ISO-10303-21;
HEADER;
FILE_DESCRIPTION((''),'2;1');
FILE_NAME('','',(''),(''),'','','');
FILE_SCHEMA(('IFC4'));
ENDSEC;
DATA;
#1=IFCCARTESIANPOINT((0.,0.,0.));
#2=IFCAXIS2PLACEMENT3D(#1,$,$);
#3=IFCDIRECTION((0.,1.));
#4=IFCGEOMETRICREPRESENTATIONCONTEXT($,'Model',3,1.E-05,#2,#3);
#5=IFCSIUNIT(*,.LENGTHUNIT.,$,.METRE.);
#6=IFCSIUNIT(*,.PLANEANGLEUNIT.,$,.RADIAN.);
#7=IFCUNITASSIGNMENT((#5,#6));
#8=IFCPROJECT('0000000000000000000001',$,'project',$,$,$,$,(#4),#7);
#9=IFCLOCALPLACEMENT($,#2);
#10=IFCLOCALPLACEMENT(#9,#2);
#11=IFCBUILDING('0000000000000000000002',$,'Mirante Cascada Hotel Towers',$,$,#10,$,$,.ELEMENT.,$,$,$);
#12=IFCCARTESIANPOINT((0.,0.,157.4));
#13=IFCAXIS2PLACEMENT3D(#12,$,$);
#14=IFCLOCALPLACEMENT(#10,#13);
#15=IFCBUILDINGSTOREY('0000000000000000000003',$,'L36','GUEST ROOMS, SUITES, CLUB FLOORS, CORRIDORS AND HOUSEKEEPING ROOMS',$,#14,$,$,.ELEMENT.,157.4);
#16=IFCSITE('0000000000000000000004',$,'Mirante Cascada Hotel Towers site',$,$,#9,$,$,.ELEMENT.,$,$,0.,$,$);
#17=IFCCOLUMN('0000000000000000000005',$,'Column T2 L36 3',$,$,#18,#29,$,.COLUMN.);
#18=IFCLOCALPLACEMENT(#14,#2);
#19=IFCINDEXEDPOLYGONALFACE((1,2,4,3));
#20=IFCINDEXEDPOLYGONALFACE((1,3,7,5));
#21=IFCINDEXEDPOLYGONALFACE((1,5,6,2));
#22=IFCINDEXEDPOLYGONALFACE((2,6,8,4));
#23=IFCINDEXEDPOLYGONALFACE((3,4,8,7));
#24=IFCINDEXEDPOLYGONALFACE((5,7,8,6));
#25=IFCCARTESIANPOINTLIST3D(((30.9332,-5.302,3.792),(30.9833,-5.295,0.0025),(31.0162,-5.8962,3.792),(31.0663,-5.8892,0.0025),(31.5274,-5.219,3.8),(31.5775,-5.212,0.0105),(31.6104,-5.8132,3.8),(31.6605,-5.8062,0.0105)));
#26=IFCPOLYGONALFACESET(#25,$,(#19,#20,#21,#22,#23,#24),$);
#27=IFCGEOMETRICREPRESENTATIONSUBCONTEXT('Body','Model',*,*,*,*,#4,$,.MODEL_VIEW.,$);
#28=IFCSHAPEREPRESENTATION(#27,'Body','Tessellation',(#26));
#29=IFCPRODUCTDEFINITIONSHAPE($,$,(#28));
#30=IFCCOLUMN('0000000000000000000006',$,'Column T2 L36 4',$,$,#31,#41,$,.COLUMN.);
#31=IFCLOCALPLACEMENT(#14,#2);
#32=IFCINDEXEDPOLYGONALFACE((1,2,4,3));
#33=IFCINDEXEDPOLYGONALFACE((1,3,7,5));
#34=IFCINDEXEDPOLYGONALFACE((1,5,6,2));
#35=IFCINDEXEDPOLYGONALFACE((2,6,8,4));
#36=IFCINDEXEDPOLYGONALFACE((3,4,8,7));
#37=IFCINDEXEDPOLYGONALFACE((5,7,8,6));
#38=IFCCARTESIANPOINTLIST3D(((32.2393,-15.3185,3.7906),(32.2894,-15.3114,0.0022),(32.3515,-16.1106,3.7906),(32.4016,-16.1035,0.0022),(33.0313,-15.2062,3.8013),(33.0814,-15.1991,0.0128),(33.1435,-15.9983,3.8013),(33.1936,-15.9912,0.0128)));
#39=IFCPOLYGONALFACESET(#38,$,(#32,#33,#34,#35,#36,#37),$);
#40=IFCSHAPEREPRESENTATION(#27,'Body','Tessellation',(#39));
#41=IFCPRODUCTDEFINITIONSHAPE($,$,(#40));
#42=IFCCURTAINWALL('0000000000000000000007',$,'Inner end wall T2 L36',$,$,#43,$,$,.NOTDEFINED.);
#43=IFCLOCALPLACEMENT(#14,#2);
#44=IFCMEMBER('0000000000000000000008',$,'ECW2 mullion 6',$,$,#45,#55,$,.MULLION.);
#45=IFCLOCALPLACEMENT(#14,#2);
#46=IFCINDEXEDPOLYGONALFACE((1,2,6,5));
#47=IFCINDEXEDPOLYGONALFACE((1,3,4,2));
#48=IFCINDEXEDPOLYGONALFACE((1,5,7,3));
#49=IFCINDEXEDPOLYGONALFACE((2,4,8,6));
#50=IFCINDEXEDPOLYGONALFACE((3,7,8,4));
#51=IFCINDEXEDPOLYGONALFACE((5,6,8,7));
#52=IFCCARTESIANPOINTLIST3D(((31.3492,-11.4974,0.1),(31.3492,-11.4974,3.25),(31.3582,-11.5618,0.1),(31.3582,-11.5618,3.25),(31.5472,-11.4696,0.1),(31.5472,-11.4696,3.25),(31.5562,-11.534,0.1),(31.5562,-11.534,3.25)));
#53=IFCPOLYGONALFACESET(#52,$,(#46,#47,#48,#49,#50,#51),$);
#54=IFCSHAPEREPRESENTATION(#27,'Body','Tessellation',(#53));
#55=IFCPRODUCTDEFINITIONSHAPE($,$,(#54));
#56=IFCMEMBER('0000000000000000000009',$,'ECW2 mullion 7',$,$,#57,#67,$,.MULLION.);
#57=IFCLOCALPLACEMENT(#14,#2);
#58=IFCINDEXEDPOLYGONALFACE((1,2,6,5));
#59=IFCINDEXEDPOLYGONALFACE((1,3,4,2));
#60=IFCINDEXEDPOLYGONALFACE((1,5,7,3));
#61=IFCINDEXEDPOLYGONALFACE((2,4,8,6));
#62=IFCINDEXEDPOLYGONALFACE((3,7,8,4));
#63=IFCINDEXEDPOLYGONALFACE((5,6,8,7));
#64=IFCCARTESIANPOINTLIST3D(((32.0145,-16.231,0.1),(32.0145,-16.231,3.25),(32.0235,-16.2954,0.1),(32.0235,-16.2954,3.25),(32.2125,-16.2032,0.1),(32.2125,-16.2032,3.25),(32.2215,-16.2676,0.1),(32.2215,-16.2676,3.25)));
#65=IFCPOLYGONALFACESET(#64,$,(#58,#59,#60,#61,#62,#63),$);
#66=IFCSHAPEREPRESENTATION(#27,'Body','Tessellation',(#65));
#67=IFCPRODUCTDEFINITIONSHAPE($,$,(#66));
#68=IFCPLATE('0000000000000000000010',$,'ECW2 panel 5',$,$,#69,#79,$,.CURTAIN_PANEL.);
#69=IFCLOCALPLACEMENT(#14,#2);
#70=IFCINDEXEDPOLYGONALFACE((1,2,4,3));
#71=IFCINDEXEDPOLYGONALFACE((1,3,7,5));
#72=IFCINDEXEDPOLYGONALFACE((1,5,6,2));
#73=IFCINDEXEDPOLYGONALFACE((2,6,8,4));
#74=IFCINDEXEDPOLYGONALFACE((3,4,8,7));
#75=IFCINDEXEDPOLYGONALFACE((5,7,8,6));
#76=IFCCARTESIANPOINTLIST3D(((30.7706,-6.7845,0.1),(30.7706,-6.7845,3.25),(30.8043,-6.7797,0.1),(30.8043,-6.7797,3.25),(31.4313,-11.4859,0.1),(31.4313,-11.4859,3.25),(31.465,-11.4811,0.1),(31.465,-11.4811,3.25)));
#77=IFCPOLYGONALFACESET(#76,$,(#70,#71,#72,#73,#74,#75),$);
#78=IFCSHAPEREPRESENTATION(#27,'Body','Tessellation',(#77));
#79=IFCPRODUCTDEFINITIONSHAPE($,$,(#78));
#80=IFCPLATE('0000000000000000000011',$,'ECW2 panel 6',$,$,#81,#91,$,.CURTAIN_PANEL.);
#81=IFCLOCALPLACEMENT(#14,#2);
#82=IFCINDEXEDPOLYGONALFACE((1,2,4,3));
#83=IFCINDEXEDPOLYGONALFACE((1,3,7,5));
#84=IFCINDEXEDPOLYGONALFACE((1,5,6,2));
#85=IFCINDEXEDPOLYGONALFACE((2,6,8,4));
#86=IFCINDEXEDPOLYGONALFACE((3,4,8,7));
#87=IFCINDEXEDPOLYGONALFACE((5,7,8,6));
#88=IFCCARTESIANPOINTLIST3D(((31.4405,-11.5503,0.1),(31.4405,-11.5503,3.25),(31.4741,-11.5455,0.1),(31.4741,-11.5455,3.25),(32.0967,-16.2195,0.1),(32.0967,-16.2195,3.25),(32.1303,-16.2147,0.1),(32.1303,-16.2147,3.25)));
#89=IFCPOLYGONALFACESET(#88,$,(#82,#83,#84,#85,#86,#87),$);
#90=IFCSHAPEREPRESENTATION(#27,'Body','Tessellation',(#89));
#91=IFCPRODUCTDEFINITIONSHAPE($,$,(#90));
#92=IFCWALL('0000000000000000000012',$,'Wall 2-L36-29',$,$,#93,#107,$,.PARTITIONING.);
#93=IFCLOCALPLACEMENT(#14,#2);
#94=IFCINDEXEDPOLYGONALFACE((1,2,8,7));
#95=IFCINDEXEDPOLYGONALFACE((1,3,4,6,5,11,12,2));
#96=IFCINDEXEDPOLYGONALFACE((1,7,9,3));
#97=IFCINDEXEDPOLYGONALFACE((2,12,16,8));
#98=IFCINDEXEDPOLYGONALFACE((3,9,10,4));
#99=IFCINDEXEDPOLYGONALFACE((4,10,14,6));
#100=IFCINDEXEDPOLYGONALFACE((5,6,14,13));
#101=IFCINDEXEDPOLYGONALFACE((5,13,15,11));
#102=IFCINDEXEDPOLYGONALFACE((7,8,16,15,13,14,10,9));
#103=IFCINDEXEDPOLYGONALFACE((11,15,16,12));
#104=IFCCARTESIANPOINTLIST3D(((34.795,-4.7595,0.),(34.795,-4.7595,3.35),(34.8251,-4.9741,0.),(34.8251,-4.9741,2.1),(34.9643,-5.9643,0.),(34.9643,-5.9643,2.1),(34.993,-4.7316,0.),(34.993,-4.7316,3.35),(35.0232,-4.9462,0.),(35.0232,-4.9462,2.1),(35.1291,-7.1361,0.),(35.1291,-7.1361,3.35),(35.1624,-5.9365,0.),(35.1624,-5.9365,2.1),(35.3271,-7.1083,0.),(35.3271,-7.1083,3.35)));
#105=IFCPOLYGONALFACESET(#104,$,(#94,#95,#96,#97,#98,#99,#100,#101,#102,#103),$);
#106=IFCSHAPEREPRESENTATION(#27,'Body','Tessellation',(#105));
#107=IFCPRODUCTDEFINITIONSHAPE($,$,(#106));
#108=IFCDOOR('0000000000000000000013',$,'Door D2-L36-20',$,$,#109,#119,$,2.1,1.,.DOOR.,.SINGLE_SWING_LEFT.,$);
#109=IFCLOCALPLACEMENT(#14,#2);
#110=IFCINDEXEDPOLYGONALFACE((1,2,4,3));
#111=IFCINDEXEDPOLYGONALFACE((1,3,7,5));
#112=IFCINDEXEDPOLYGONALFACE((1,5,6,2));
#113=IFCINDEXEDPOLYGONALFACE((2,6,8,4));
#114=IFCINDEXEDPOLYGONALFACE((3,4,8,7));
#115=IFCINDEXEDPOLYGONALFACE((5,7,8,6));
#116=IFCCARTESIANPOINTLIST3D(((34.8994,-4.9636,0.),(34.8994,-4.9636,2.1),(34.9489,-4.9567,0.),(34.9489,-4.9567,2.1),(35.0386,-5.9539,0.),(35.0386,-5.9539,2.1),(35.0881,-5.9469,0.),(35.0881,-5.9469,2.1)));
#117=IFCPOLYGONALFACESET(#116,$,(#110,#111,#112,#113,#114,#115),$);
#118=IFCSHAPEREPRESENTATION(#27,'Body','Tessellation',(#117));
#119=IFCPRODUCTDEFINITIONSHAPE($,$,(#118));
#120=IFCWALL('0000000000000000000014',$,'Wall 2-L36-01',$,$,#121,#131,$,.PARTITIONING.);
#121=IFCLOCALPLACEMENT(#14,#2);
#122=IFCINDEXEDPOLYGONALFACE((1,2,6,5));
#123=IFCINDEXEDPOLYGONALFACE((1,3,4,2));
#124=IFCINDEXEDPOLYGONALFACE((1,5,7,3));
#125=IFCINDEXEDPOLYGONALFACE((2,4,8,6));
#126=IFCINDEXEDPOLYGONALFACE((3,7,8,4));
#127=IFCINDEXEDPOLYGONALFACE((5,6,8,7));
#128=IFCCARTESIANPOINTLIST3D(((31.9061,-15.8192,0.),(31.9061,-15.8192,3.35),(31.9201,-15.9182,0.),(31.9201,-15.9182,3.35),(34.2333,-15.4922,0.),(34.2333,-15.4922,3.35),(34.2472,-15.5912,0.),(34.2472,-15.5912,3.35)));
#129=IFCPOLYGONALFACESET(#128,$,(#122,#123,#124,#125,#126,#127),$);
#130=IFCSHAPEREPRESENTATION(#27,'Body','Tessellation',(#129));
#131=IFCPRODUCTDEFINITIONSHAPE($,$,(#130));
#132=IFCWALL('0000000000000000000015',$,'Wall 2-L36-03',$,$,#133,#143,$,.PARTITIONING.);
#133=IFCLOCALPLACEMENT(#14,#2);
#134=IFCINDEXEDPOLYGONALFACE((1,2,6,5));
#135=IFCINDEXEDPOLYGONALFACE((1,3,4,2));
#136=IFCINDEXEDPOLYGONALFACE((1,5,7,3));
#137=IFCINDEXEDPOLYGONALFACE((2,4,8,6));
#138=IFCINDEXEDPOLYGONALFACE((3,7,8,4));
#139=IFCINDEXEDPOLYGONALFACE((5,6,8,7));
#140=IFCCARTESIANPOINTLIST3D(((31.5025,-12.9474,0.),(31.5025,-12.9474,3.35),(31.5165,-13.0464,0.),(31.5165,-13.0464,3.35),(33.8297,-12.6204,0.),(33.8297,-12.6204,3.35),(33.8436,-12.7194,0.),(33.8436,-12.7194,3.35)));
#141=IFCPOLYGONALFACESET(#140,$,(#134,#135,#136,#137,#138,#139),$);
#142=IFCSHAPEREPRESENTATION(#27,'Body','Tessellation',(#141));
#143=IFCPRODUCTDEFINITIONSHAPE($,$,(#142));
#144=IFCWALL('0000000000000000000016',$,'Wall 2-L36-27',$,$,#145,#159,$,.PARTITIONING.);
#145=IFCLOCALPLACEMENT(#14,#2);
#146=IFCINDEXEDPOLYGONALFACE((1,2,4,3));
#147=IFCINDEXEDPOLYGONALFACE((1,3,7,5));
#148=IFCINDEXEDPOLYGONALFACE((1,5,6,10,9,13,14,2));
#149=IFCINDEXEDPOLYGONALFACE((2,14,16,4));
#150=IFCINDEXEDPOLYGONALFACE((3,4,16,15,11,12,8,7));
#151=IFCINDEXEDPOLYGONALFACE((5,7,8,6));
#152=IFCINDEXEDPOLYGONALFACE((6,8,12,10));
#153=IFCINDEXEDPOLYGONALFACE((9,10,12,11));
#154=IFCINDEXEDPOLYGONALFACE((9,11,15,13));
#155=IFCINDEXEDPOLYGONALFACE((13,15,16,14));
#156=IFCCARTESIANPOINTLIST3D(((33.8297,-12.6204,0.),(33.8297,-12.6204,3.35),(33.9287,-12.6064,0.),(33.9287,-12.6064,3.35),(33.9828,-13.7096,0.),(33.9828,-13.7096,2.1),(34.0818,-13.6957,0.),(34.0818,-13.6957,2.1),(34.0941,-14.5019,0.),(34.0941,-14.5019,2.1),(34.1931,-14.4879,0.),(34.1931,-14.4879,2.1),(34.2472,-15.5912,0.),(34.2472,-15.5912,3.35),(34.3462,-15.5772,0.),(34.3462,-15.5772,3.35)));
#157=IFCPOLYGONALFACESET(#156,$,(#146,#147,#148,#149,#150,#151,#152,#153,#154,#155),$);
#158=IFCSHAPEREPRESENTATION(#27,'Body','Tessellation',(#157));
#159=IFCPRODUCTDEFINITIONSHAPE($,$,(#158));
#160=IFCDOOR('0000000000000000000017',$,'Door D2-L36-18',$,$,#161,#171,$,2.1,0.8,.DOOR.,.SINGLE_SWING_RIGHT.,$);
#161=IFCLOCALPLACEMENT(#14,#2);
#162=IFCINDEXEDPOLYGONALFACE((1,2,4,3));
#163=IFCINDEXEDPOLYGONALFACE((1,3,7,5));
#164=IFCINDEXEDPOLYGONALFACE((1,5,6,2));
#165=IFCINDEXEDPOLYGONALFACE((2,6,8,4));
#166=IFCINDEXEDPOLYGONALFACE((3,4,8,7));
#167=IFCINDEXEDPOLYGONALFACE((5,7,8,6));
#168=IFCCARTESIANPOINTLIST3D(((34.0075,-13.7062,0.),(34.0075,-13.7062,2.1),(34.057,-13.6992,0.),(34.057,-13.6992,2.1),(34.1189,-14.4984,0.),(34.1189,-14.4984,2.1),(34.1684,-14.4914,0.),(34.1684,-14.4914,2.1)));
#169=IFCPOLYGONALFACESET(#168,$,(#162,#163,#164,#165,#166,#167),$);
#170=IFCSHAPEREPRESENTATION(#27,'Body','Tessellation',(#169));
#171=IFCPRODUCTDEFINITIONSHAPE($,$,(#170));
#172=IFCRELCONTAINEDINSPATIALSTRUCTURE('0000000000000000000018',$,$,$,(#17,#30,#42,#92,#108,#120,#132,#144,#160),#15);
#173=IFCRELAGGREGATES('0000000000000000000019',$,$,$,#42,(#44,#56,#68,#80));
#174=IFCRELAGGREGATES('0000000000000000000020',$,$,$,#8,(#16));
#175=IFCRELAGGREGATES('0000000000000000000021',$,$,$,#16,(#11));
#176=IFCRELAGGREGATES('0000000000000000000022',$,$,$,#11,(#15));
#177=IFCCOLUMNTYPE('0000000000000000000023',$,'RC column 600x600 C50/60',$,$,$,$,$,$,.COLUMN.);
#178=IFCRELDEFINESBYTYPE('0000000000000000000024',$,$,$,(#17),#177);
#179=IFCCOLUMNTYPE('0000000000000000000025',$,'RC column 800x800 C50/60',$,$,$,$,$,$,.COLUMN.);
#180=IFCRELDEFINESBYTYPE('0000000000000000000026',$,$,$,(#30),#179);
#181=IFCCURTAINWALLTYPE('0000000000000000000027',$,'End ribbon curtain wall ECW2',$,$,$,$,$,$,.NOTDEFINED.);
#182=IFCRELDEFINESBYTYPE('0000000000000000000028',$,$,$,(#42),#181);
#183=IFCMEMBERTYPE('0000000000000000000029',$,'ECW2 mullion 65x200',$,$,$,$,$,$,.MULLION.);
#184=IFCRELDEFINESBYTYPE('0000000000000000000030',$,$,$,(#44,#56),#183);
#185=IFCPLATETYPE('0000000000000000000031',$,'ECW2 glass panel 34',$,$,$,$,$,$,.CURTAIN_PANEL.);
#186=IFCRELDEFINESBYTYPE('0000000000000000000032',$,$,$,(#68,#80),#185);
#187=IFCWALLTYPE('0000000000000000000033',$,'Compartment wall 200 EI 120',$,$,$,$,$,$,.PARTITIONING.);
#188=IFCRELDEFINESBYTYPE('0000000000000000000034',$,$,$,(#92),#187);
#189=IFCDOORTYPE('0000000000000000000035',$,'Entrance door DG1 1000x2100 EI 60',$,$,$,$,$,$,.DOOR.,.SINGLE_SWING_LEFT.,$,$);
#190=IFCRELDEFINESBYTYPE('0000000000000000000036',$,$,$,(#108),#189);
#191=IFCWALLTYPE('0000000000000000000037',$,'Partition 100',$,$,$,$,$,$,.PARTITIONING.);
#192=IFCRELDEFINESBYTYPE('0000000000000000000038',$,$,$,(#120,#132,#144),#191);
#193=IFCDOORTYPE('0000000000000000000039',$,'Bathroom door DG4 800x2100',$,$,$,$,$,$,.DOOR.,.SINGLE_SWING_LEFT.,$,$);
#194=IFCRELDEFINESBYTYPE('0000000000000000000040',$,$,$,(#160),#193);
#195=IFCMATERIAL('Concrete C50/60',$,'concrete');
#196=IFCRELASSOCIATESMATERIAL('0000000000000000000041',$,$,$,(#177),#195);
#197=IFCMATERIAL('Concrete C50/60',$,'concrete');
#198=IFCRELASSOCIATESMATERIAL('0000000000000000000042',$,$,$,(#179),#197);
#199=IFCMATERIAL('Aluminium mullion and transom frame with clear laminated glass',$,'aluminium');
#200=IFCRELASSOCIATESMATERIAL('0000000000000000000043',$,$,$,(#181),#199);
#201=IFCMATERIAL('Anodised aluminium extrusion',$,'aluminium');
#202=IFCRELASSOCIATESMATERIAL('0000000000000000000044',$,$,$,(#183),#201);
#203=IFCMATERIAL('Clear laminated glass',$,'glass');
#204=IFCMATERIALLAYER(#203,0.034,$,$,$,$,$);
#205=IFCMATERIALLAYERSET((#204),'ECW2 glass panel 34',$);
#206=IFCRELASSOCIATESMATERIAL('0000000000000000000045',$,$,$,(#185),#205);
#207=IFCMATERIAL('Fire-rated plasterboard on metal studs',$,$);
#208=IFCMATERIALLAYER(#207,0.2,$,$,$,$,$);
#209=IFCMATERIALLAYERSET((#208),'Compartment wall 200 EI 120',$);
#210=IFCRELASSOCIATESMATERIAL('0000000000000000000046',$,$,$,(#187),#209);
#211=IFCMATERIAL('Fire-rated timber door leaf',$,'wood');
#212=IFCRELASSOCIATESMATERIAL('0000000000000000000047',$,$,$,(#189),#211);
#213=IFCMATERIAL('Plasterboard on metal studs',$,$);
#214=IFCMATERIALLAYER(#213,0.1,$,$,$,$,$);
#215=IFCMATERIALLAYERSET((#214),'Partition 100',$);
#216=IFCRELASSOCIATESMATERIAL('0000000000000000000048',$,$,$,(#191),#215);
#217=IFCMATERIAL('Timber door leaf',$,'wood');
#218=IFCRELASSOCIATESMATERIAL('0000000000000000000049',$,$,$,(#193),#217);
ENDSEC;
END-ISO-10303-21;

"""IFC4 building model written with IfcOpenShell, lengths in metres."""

from ifc_helpers import new_model, si_unit, direction, frame, frame_2d, origin, origin_2d, place, context, subcontext, project, spatial, rectangle, extrude, material, layer, layer_set, material_profile, profile_set, type_object, element, fill, aggregate, save


model = new_model("IFC4")

# Units and contexts
model_context = context("Model", 3, precision=1e-05, world=origin(), true_north=direction((0.0, 1.0)))
body_context = subcontext(model_context, "Body", "Model", "MODEL_VIEW")
ifc_project = project(units=[si_unit("LENGTHUNIT", "METRE"), si_unit("PLANEANGLEUNIT", "RADIAN")], contexts=[model_context])

# Site, building, storey
site_placement = place(None, origin())
site = spatial("IfcSite", under=ifc_project, at=site_placement, Name="Mirante Cascada Hotel Towers site", CompositionType="ELEMENT", RefElevation=0.0)
building_placement = place(site_placement, origin())
building = spatial("IfcBuilding", under=site, at=building_placement, Name="Mirante Cascada Hotel Towers", CompositionType="ELEMENT")
storey_placement = place(building_placement, frame((0.0, 0.0, 157.4)))
storey = spatial("IfcBuildingStorey", under=building, at=storey_placement, Name="L36", Description="GUEST ROOMS, SUITES, CLUB FLOORS, CORRIDORS AND HOUSEKEEPING ROOMS", CompositionType="ELEMENT", Elevation=157.4)

# Columns
ifc_material_1 = material(Name="Concrete C50/60", Category="concrete")
ifc_material_profile_1 = material_profile(ifc_material_1, rectangle(XDim=0.6, YDim=0.6, at=origin_2d()), Name="RC column 600x600 C50/60")
ifc_profile_set_1 = profile_set([ifc_material_profile_1], Name="Concrete C50/60")
column_type_1 = type_object("IfcColumnType", Name="RC column 600x600 C50/60", PredefinedType="COLUMN", material=ifc_profile_set_1)
column_1_placement = place(storey_placement, frame((31.3219, -5.5506, 0.0065), z_axis=(-0.01322, -0.001847, 0.999911), x_axis=(0.138376, -0.99038, 0.0)))
element("IfcColumn", 1, at=column_1_placement, inside=storey, type_object=column_type_1, Name="Column T2 L36 3", PredefinedType="COLUMN", context=body_context, shape_type="SweptSolid", body=[
    extrude(rectangle(XDim=0.6, YDim=0.6, at=origin_2d()), origin(), (0.0, 0.0, 1.0), 3.7898),
])
ifc_material_2 = material(Name="Concrete C50/60", Category="concrete")
ifc_material_profile_2 = material_profile(ifc_material_2, rectangle(XDim=0.8, YDim=0.8, at=origin_2d()), Name="RC column 800x800 C50/60")
ifc_profile_set_2 = profile_set([ifc_material_profile_2], Name="Concrete C50/60")
column_type_2 = type_object("IfcColumnType", Name="RC column 800x800 C50/60", PredefinedType="COLUMN", material=ifc_profile_set_2)
column_2_placement = place(storey_placement, frame((32.7415, -15.6513, 0.0075), z_axis=(-0.013223, -0.001874, 0.999911), x_axis=(0.140315, -0.990107, 0.0)))
element("IfcColumn", 2, at=column_2_placement, inside=storey, type_object=column_type_2, Name="Column T2 L36 4", PredefinedType="COLUMN", context=body_context, shape_type="SweptSolid", body=[
    extrude(rectangle(XDim=0.8, YDim=0.8, at=origin_2d()), origin(), (0.0, 0.0, 1.0), 3.7888),
])

# Curtain wall, members, plates
ifc_material_3 = material(Name="Aluminium mullion and transom frame with clear laminated glass", Category="aluminium")
curtain_wall_type = type_object("IfcCurtainWallType", Name="End ribbon curtain wall ECW2", PredefinedType="NOTDEFINED", material=ifc_material_3)
curtain_wall_placement = place(storey_placement, origin())
curtain_wall = element("IfcCurtainWall", 3, at=curtain_wall_placement, inside=storey, type_object=curtain_wall_type, Name="Inner end wall T2 L36", PredefinedType="NOTDEFINED")
ifc_material_4 = material(Name="Anodised aluminium extrusion", Category="aluminium")
ifc_material_profile_3 = material_profile(ifc_material_4, rectangle(XDim=0.2, YDim=0.065, at=origin_2d()), Name="ECW2 MULLION 65x200")
ifc_profile_set_3 = profile_set([ifc_material_profile_3], Name="Anodised aluminium extrusion")
member_type = type_object("IfcMemberType", Name="ECW2 mullion 65x200", PredefinedType="MULLION", material=ifc_profile_set_3)
member_1_placement = place(storey_placement, frame((31.4527, -11.5157, 0.1), z_axis=(0.0, 0.0, 1.0), x_axis=(0.990268, 0.139173, 0.0)))
member_1 = element("IfcMember", 4, at=member_1_placement, type_object=member_type, Name="ECW2 mullion 6", PredefinedType="MULLION", context=body_context, shape_type="SweptSolid", body=[
    extrude(rectangle(XDim=0.2, YDim=0.065, at=origin_2d()), origin(), (0.0, 0.0, 1.0), 3.15),
])
member_2_placement = place(storey_placement, frame((32.118, -16.2493, 0.1), z_axis=(0.0, 0.0, 1.0), x_axis=(0.990268, 0.139173, 0.0)))
member_2 = element("IfcMember", 5, at=member_2_placement, type_object=member_type, Name="ECW2 mullion 7", PredefinedType="MULLION", context=body_context, shape_type="SweptSolid", body=[
    extrude(rectangle(XDim=0.2, YDim=0.065, at=origin_2d()), origin(), (0.0, 0.0, 1.0), 3.15),
])
ifc_material_5 = material(Name="Clear laminated glass", Category="glass")
ifc_layer_1 = layer(ifc_material_5, 0.034)
ifc_layer_set_1 = layer_set([ifc_layer_1], Name="ECW2 glass panel 34")
plate_type = type_object("IfcPlateType", Name="ECW2 glass panel 34", PredefinedType="CURTAIN_PANEL", material=ifc_layer_set_1)
plate_1_placement = place(storey_placement, frame((31.1178, -9.1328, 0.1), z_axis=(0.0, 0.0, 1.0), x_axis=(0.139173, -0.990268, 0.0)))
plate_1 = element("IfcPlate", 6, at=plate_1_placement, type_object=plate_type, Name="ECW2 panel 5", PredefinedType="CURTAIN_PANEL", context=body_context, shape_type="SweptSolid", body=[
    extrude(rectangle(XDim=4.7476, YDim=0.034, at=origin_2d()), origin(), (0.0, 0.0, 1.0), 3.15),
])
plate_2_placement = place(storey_placement, frame((31.7854, -13.8825, 0.1), z_axis=(0.0, 0.0, 1.0), x_axis=(0.139173, -0.990268, 0.0)))
plate_2 = element("IfcPlate", 7, at=plate_2_placement, type_object=plate_type, Name="ECW2 panel 6", PredefinedType="CURTAIN_PANEL", context=body_context, shape_type="SweptSolid", body=[
    extrude(rectangle(XDim=4.7151, YDim=0.034, at=origin_2d()), origin(), (0.0, 0.0, 1.0), 3.15),
])
aggregate(curtain_wall, [member_1, member_2, plate_1, plate_2])

# Wall, opening, door
ifc_material_6 = material(Name="Fire-rated plasterboard on metal studs")
ifc_layer_2 = layer(ifc_material_6, 0.2)
ifc_layer_set_2 = layer_set([ifc_layer_2], Name="Compartment wall 200 EI 120")
wall_type_1 = type_object("IfcWallType", Name="Compartment wall 200 EI 120", PredefinedType="PARTITIONING", material=ifc_layer_set_2)
wall_1_placement = place(storey_placement, frame((35.2281, -7.1222, 0.0), z_axis=(0.0, 0.0, 1.0), x_axis=(-0.13921, 0.990263, 0.0)))
wall_1 = element("IfcWall", 8, at=wall_1_placement, inside=storey, type_object=wall_type_1, Name="Wall 2-L36-29", PredefinedType="PARTITIONING", context=body_context, shape_type="SweptSolid", body=[
    extrude(rectangle(XDim=2.4, YDim=0.2, at=frame_2d((1.2, 0.0))), origin(), (0.0, 0.0, 1.0), 3.35),
])
opening_1_placement = place(wall_1_placement, frame((1.1833, 0.0, 0.0)))
opening_1 = element("IfcOpeningElement", 9, at=opening_1_placement, cuts=wall_1, PredefinedType="OPENING", context=body_context, shape_type="SweptSolid", body=[
    extrude(rectangle(XDim=1.0, YDim=2.1, at=frame_2d((0.5, 1.05))), frame((0.0, 0.1, 0.0), z_axis=(0.0, -1.0, 0.0), x_axis=(1.0, 0.0, 0.0)), (0.0, 0.0, 1.0), 0.2),
])
ifc_material_7 = material(Name="Fire-rated timber door leaf", Category="wood")
door_type_1 = type_object("IfcDoorType", Name="Entrance door DG1 1000x2100 EI 60", OperationType="SINGLE_SWING_LEFT", PredefinedType="DOOR", material=ifc_material_7)
door_1_placement = place(opening_1_placement, origin())
door_1 = element("IfcDoor", 10, at=door_1_placement, inside=storey, type_object=door_type_1, Name="Door D2-L36-20", OperationType="SINGLE_SWING_LEFT", OverallHeight=2.1, OverallWidth=1.0, PredefinedType="DOOR", context=body_context, shape_type="SweptSolid", body=[
    extrude(rectangle(XDim=1.0, YDim=2.1, at=frame_2d((0.5, 1.05))), frame((0.0, 0.025, 0.0), z_axis=(0.0, -1.0, 0.0), x_axis=(1.0, 0.0, 0.0)), (0.0, 0.0, 1.0), 0.05),
])
fill(opening_1, door_1)

# Walls
ifc_material_8 = material(Name="Plasterboard on metal studs")
ifc_layer_3 = layer(ifc_material_8, 0.1)
ifc_layer_set_3 = layer_set([ifc_layer_3], Name="Partition 100")
wall_type_2 = type_object("IfcWallType", Name="Partition 100", PredefinedType="PARTITIONING", material=ifc_layer_set_3)
for number, where, z_axis, x_axis, name in (
    (11, (31.9131, -15.8687, 0.0), (0.0, 0.0, 1.0), (0.990271, 0.139151, 0.0), "Wall 2-L36-01"),
    (12, (31.5095, -12.9969, 0.0), (0.0, 0.0, 1.0), (0.990271, 0.139151, 0.0), "Wall 2-L36-03"),
):
    element("IfcWall", number, at=place(storey_placement, frame(where, z_axis=z_axis, x_axis=x_axis)), inside=storey, type_object=wall_type_2, Name=name, PredefinedType="PARTITIONING", context=body_context, shape_type="SweptSolid", body=[
        extrude(rectangle(XDim=2.35, YDim=0.1, at=frame_2d((1.175, 0.0))), origin(), (0.0, 0.0, 1.0), 3.35),
    ])

# Wall, opening, door
wall_2_placement = place(storey_placement, frame((34.2967, -15.5842, 0.0), z_axis=(0.0, 0.0, 1.0), x_axis=(-0.139167, 0.990269, 0.0)))
wall_2 = element("IfcWall", 13, at=wall_2_placement, inside=storey, type_object=wall_type_2, Name="Wall 2-L36-27", PredefinedType="PARTITIONING", context=body_context, shape_type="SweptSolid", body=[
    extrude(rectangle(XDim=3.0, YDim=0.1, at=frame_2d((1.5, 0.0))), origin(), (0.0, 0.0, 1.0), 3.35),
])
opening_2_placement = place(wall_2_placement, frame((1.1, 0.0, 0.0)))
opening_2 = element("IfcOpeningElement", 14, at=opening_2_placement, cuts=wall_2, PredefinedType="OPENING", context=body_context, shape_type="SweptSolid", body=[
    extrude(rectangle(XDim=0.8, YDim=2.1, at=frame_2d((0.4, 1.05))), frame((0.0, 0.05, 0.0), z_axis=(0.0, -1.0, 0.0), x_axis=(1.0, 0.0, 0.0)), (0.0, 0.0, 1.0), 0.1),
])
ifc_material_9 = material(Name="Timber door leaf", Category="wood")
door_type_2 = type_object("IfcDoorType", Name="Bathroom door DG4 800x2100", OperationType="SINGLE_SWING_LEFT", PredefinedType="DOOR", material=ifc_material_9)
door_2_placement = place(opening_2_placement, frame((0.8, 0.0, 0.0), z_axis=(0.0, 0.0, 1.0), x_axis=(-1.0, 0.0, 0.0)))
door_2 = element("IfcDoor", 15, at=door_2_placement, inside=storey, type_object=door_type_2, Name="Door D2-L36-18", OperationType="SINGLE_SWING_RIGHT", OverallHeight=2.1, OverallWidth=0.8, PredefinedType="DOOR", context=body_context, shape_type="SweptSolid", body=[
    extrude(rectangle(XDim=0.8, YDim=2.1, at=frame_2d((0.4, 1.05))), frame((0.0, 0.025, 0.0), z_axis=(0.0, -1.0, 0.0), x_axis=(1.0, 0.0, 0.0)), (0.0, 0.0, 1.0), 0.05),
])
fill(opening_2, door_2)

save(model, "model.ifc")
